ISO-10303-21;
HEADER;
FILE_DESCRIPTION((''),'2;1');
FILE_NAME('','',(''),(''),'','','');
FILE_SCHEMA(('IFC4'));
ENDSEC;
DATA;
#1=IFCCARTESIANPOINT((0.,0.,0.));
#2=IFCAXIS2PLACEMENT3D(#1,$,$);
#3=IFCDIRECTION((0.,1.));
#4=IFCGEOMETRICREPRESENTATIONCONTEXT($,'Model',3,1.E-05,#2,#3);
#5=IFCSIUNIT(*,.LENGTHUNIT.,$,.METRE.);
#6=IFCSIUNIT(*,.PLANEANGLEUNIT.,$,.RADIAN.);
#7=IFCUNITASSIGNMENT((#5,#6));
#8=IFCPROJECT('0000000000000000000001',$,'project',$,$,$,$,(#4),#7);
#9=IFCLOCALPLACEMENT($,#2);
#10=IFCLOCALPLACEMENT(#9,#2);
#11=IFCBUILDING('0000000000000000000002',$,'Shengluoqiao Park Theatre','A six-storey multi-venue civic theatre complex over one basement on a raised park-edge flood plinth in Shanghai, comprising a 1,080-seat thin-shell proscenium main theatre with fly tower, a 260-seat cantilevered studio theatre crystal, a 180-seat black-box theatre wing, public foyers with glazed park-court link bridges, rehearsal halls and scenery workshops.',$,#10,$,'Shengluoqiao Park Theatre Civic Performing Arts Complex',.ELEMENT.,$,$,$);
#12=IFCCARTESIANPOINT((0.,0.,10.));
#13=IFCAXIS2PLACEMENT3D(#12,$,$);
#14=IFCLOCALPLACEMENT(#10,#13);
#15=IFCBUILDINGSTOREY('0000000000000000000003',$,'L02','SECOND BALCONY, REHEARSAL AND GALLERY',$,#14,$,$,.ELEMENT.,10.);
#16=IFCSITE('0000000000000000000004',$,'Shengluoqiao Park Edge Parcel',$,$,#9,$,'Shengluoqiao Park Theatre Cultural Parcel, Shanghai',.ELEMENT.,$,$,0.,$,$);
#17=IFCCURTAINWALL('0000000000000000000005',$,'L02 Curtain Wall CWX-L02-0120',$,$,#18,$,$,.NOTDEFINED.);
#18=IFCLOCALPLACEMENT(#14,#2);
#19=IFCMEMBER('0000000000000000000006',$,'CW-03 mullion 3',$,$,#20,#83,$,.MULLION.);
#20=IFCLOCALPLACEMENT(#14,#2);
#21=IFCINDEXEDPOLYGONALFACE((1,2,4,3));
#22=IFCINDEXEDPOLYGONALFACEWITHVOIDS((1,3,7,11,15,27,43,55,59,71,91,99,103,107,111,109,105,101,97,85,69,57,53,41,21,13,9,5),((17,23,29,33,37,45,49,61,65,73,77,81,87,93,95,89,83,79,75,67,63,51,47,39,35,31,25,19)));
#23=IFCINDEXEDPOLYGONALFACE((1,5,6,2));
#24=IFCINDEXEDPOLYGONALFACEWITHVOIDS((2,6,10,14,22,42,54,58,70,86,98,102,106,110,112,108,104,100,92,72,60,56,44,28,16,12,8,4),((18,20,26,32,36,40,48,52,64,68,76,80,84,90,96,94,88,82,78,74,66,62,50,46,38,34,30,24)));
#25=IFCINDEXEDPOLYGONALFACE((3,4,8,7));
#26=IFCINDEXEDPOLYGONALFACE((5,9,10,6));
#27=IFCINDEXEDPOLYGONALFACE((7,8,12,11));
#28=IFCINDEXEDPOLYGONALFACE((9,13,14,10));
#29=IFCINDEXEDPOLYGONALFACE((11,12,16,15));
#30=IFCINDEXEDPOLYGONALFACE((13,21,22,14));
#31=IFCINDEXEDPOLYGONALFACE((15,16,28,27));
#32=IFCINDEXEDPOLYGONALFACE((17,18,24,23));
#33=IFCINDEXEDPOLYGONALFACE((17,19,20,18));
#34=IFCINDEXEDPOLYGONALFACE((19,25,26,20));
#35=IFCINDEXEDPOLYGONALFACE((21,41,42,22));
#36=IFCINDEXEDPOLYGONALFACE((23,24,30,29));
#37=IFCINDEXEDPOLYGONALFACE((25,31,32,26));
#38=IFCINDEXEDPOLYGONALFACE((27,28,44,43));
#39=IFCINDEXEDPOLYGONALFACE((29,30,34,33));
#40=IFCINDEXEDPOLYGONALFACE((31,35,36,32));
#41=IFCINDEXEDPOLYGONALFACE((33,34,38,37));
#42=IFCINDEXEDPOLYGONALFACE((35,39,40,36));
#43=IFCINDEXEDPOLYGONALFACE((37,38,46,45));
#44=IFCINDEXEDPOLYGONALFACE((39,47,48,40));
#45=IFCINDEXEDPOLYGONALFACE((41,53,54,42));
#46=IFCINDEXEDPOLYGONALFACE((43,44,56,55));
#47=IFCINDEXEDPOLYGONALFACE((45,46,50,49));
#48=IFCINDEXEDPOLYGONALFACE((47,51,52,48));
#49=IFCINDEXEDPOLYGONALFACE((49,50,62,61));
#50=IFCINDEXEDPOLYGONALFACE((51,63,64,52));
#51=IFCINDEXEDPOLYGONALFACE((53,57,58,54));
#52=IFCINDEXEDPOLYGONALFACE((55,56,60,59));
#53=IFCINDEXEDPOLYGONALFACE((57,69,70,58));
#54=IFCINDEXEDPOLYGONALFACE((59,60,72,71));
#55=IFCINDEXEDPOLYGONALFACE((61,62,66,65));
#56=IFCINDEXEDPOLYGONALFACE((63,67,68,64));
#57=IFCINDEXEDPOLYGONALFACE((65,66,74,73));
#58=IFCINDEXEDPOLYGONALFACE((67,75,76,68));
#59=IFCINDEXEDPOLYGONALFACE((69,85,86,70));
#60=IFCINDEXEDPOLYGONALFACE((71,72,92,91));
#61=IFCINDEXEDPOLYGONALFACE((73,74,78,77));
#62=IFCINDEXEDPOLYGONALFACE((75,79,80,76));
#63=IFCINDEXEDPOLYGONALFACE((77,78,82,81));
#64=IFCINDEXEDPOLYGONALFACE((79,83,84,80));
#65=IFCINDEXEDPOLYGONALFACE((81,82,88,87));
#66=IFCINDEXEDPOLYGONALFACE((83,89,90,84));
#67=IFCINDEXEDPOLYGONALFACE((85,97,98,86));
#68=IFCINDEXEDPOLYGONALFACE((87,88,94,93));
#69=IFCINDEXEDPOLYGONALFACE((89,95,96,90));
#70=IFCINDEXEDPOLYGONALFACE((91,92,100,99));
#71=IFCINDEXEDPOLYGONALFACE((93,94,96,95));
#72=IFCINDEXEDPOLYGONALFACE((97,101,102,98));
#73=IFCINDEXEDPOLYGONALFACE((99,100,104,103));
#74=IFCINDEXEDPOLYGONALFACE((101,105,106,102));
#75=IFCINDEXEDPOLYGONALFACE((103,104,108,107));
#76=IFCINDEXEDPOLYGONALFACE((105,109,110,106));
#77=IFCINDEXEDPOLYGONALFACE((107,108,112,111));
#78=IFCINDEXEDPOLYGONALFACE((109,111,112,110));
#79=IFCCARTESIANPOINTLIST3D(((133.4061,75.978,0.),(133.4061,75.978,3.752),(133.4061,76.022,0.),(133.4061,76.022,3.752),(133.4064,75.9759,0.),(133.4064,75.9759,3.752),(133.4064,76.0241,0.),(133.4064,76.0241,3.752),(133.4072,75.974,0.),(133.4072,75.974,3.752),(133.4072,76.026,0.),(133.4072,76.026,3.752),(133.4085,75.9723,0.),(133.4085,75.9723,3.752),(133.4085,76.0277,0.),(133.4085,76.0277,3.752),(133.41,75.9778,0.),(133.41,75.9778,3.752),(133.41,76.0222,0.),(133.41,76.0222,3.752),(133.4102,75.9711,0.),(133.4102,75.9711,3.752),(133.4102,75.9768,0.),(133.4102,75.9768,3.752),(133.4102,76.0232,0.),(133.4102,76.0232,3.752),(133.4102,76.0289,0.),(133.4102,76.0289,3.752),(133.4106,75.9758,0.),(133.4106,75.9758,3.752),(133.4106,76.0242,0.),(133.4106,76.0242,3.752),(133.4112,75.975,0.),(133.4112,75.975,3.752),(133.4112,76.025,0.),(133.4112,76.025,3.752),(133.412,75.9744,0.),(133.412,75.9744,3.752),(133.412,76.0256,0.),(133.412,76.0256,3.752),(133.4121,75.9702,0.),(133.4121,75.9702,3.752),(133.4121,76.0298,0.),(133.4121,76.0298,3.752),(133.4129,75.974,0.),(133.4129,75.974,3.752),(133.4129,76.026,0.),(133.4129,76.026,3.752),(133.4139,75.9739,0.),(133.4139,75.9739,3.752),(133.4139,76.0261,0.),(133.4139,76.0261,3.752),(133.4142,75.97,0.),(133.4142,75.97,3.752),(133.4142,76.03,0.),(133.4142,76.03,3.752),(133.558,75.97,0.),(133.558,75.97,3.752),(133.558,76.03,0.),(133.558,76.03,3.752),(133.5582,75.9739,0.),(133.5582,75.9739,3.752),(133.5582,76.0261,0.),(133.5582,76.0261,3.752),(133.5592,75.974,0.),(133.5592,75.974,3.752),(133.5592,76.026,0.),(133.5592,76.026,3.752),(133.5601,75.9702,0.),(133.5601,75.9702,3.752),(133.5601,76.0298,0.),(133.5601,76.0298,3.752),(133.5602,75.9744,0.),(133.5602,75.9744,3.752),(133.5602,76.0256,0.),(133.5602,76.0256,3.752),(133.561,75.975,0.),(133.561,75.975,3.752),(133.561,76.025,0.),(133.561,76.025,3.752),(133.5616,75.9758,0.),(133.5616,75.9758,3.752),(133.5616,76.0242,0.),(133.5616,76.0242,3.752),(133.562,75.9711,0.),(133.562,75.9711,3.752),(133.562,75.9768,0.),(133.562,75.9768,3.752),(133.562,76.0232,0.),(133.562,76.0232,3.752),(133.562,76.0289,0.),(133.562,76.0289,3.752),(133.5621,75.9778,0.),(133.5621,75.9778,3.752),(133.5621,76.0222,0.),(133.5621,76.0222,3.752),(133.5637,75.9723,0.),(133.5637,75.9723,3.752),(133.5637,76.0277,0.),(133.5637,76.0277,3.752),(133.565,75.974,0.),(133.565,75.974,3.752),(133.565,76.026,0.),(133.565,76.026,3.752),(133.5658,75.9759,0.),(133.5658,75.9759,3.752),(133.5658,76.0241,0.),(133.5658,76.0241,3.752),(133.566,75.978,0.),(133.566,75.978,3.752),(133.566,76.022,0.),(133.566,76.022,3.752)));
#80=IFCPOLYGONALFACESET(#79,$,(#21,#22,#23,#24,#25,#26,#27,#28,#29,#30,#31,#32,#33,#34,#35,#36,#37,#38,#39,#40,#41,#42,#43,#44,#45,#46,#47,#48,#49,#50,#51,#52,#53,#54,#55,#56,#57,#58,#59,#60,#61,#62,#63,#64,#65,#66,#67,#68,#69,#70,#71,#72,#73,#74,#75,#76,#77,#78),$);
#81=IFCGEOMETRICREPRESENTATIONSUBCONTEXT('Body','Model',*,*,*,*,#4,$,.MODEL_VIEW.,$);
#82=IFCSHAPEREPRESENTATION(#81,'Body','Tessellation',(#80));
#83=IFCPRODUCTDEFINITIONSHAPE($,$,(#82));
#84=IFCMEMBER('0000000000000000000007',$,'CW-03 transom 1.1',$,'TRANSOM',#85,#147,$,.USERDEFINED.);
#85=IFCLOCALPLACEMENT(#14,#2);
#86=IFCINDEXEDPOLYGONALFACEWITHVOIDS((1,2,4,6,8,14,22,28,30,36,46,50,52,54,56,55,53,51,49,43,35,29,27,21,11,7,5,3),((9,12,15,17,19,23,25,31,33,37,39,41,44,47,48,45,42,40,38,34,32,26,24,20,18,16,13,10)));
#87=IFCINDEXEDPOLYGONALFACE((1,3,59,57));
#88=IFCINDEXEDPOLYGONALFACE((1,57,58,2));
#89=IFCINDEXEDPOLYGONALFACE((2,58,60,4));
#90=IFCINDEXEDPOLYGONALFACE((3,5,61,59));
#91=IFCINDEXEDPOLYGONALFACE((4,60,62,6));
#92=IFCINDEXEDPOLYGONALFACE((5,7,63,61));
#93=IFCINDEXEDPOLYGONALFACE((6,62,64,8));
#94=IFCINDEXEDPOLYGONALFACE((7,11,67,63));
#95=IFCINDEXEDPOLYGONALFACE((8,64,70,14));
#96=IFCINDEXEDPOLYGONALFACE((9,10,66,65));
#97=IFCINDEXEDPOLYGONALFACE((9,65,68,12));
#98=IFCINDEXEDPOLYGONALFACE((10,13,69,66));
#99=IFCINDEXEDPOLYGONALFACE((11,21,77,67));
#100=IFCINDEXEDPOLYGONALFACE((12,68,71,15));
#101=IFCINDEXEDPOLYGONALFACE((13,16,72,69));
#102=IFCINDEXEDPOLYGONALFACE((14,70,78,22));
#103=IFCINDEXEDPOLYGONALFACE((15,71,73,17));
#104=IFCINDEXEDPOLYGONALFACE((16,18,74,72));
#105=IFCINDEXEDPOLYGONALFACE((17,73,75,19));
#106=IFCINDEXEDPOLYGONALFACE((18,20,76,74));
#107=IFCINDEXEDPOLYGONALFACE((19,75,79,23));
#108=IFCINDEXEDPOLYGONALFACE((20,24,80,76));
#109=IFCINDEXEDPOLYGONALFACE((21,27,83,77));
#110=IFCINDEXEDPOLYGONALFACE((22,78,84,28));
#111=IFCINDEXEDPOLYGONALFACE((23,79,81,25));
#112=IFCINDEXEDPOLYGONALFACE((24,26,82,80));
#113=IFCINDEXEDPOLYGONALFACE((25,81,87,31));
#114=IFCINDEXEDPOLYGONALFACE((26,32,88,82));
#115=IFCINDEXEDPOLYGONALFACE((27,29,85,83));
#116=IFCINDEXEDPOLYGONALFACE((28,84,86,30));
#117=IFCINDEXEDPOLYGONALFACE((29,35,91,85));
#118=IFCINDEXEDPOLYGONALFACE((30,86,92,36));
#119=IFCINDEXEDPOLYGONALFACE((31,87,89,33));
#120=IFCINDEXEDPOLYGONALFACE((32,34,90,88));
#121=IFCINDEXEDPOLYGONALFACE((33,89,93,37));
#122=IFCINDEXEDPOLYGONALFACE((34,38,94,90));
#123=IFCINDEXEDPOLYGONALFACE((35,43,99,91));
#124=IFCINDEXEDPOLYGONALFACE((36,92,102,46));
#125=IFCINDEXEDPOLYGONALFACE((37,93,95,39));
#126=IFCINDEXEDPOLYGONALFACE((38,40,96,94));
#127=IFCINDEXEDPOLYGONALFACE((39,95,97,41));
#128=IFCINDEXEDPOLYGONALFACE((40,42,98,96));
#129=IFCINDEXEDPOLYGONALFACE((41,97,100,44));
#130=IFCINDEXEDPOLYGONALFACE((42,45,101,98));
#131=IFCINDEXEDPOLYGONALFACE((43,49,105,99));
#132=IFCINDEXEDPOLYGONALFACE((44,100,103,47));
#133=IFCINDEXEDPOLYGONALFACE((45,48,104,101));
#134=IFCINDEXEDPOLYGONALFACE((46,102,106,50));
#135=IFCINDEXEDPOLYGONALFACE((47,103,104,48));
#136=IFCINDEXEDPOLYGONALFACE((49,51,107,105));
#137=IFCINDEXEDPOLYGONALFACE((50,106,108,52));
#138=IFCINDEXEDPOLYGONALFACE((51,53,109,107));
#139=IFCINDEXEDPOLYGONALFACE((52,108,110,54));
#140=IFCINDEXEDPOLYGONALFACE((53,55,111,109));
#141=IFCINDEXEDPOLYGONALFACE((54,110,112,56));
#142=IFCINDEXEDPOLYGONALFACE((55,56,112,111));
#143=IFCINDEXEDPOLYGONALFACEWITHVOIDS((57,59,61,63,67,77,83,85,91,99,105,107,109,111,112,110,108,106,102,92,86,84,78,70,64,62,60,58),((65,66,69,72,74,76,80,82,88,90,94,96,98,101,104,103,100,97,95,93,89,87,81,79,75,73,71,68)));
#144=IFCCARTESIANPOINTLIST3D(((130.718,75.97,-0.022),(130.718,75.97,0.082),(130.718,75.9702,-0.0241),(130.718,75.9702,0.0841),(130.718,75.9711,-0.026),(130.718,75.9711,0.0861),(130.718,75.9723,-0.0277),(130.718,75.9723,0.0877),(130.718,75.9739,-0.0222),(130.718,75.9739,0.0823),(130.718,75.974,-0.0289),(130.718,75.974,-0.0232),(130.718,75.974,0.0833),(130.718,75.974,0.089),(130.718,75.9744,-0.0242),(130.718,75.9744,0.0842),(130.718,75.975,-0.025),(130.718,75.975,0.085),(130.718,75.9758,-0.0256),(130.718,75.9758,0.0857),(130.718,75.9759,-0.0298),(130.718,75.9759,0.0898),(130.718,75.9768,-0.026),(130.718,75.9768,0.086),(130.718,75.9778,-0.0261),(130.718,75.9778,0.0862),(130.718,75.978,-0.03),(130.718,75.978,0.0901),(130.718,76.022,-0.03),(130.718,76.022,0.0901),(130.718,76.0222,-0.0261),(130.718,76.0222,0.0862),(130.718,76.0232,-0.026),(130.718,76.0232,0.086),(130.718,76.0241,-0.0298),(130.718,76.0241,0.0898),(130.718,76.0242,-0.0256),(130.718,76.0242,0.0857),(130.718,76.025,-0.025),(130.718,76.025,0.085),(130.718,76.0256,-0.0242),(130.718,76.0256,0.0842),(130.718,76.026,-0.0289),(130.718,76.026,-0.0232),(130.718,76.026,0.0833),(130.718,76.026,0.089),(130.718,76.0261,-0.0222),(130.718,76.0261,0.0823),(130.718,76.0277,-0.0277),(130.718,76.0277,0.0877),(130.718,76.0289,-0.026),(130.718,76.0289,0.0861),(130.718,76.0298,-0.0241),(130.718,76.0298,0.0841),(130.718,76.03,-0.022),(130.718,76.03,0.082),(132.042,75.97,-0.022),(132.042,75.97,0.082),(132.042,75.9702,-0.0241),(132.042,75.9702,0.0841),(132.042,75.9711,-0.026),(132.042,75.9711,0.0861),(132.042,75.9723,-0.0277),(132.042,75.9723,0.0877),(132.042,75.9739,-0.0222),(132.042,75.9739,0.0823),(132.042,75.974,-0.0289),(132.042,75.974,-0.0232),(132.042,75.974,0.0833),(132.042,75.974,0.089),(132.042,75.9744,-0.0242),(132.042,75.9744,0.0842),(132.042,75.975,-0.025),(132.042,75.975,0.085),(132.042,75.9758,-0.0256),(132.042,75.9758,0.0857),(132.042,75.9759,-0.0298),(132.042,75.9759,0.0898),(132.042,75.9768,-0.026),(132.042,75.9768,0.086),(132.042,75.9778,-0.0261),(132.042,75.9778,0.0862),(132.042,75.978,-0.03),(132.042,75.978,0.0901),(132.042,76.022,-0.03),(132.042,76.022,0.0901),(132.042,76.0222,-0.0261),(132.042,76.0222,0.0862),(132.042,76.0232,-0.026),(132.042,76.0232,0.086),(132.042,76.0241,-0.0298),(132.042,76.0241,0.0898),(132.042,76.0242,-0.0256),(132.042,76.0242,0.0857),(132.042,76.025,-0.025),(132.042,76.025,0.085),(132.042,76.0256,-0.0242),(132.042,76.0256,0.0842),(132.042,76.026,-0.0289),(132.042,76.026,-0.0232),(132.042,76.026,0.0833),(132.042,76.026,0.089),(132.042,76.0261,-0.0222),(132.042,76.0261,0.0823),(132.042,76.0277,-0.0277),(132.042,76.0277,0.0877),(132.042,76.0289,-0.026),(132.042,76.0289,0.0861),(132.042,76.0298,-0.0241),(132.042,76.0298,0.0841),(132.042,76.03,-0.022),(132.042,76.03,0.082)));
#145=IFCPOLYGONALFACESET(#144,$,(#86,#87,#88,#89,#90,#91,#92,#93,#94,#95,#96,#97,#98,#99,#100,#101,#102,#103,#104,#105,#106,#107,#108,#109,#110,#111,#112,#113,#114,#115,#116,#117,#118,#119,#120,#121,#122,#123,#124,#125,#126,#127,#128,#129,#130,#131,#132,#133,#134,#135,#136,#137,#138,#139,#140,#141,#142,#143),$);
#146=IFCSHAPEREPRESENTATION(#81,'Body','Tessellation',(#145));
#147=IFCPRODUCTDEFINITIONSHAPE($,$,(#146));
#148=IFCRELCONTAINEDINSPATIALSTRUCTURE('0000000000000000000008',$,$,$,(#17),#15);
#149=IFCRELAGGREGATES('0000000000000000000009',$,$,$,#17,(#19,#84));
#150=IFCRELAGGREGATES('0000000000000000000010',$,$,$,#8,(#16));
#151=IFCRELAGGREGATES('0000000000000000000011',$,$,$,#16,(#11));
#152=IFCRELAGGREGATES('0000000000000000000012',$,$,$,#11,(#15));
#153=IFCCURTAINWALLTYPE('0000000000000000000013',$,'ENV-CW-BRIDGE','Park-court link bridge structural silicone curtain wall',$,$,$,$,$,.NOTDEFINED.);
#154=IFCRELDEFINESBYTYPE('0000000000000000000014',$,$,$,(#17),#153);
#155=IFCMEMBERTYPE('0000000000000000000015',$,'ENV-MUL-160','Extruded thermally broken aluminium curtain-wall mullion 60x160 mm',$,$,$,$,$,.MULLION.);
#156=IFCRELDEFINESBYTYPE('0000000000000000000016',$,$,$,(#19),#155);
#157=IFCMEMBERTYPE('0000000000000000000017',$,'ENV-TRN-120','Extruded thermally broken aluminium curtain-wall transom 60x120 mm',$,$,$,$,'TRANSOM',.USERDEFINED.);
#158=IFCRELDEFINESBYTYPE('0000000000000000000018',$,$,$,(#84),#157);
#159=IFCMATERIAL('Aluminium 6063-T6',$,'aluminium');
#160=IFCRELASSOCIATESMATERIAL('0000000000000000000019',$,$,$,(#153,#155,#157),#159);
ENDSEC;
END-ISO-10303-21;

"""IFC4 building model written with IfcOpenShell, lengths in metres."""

from ifc_helpers import new_model, si_unit, direction, frame, origin, origin_2d, place, context, subcontext, project, spatial, hollow_rectangle, extrude, material, material_profile, profile_set, type_object, element, aggregate, save


model = new_model("IFC4")

# Units and contexts
model_context = context("Model", 3, precision=1e-05, world=origin(), true_north=direction((0.0, 1.0)))
body_context = subcontext(model_context, "Body", "Model", "MODEL_VIEW")
ifc_project = project(units=[si_unit("LENGTHUNIT", "METRE"), si_unit("PLANEANGLEUNIT", "RADIAN")], contexts=[model_context])

# Site, building, storey
site_placement = place(None, origin())
site = spatial("IfcSite", under=ifc_project, at=site_placement, Name="Shengluoqiao Park Edge Parcel", LongName="Shengluoqiao Park Theatre Cultural Parcel, Shanghai", CompositionType="ELEMENT", RefElevation=0.0)
building_placement = place(site_placement, origin())
building = spatial("IfcBuilding", under=site, at=building_placement, Name="Shengluoqiao Park Theatre", Description="A six-storey multi-venue civic theatre complex over one basement on a raised park-edge flood plinth in Shanghai, comprising a 1,080-seat thin-shell proscenium main theatre with fly tower, a 260-seat cantilevered studio theatre crystal, a 180-seat black-box theatre wing, public foyers with glazed park-court link bridges, rehearsal halls and scenery workshops.", LongName="Shengluoqiao Park Theatre Civic Performing Arts Complex", CompositionType="ELEMENT")
storey_placement = place(building_placement, frame((0.0, 0.0, 10.0)))
storey = spatial("IfcBuildingStorey", under=building, at=storey_placement, Name="L02", Description="SECOND BALCONY, REHEARSAL AND GALLERY", CompositionType="ELEMENT", Elevation=10.0)

# Shared definitions
ifc_material_1 = material(Name="Aluminium 6063-T6", Category="aluminium")
curtain_wall_type = type_object("IfcCurtainWallType", Name="ENV-CW-BRIDGE", Description="Park-court link bridge structural silicone curtain wall", PredefinedType="NOTDEFINED", material=ifc_material_1)
ifc_material_profile_1 = material_profile(ifc_material_1, hollow_rectangle(XDim=0.0601, YDim=0.1599, WallThickness=0.0039, InnerFilletRadius=0.0039, OuterFilletRadius=0.0081, at=origin_2d()), Name="ALU MULLION 160x60x4")
ifc_profile_set_1 = profile_set([ifc_material_profile_1], Name="Aluminium 6063-T6")
member_type_1 = type_object("IfcMemberType", Name="ENV-MUL-160", Description="Extruded thermally broken aluminium curtain-wall mullion 60x160 mm", PredefinedType="MULLION", material=ifc_profile_set_1)

# Curtain wall, members
curtain_wall_1_placement = place(storey_placement, origin())
curtain_wall_1 = element("IfcCurtainWall", 1, at=curtain_wall_1_placement, inside=storey, type_object=curtain_wall_type, Name="L02 Curtain Wall CWX-L02-0120", PredefinedType="NOTDEFINED")
member_1_placement = place(storey_placement, frame((133.4861, 76.0, 0.0), z_axis=(0.0, 0.0, 1.0), x_axis=(0.0, 1.0, 0.0)))
member_1 = element("IfcMember", 2, at=member_1_placement, type_object=member_type_1, Name="CW-03 mullion 3", PredefinedType="MULLION", context=body_context, shape_type="SweptSolid", body=[
    extrude(hollow_rectangle(XDim=0.0601, YDim=0.1599, WallThickness=0.0039, InnerFilletRadius=0.0039, OuterFilletRadius=0.0081, at=origin_2d()), origin(), (0.0, 0.0, 1.0), 3.752),
])
ifc_material_profile_2 = material_profile(ifc_material_1, hollow_rectangle(XDim=0.0601, YDim=0.1201, WallThickness=0.0039, InnerFilletRadius=0.0039, OuterFilletRadius=0.0081, at=origin_2d()), Name="ALU TRANSOM 120x60x4")
ifc_profile_set_2 = profile_set([ifc_material_profile_2], Name="Aluminium 6063-T6")
member_type_2 = type_object("IfcMemberType", Name="ENV-TRN-120", Description="Extruded thermally broken aluminium curtain-wall transom 60x120 mm", ElementType="TRANSOM", PredefinedType="USERDEFINED", material=ifc_profile_set_2)
member_2_placement = place(storey_placement, frame((130.718, 76.0, 0.03), z_axis=(1.0, 0.0, 0.0), x_axis=(0.0, 1.0, 0.0)))
member_2 = element("IfcMember", 3, at=member_2_placement, type_object=member_type_2, Name="CW-03 transom 1.1", ObjectType="TRANSOM", PredefinedType="USERDEFINED", context=body_context, shape_type="SweptSolid", body=[
    extrude(hollow_rectangle(XDim=0.0601, YDim=0.1201, WallThickness=0.0039, InnerFilletRadius=0.0039, OuterFilletRadius=0.0081, at=origin_2d()), origin(), (0.0, 0.0, 1.0), 1.324),
])

aggregate(curtain_wall_1, [member_1, member_2])

save(model, "model.ifc")
